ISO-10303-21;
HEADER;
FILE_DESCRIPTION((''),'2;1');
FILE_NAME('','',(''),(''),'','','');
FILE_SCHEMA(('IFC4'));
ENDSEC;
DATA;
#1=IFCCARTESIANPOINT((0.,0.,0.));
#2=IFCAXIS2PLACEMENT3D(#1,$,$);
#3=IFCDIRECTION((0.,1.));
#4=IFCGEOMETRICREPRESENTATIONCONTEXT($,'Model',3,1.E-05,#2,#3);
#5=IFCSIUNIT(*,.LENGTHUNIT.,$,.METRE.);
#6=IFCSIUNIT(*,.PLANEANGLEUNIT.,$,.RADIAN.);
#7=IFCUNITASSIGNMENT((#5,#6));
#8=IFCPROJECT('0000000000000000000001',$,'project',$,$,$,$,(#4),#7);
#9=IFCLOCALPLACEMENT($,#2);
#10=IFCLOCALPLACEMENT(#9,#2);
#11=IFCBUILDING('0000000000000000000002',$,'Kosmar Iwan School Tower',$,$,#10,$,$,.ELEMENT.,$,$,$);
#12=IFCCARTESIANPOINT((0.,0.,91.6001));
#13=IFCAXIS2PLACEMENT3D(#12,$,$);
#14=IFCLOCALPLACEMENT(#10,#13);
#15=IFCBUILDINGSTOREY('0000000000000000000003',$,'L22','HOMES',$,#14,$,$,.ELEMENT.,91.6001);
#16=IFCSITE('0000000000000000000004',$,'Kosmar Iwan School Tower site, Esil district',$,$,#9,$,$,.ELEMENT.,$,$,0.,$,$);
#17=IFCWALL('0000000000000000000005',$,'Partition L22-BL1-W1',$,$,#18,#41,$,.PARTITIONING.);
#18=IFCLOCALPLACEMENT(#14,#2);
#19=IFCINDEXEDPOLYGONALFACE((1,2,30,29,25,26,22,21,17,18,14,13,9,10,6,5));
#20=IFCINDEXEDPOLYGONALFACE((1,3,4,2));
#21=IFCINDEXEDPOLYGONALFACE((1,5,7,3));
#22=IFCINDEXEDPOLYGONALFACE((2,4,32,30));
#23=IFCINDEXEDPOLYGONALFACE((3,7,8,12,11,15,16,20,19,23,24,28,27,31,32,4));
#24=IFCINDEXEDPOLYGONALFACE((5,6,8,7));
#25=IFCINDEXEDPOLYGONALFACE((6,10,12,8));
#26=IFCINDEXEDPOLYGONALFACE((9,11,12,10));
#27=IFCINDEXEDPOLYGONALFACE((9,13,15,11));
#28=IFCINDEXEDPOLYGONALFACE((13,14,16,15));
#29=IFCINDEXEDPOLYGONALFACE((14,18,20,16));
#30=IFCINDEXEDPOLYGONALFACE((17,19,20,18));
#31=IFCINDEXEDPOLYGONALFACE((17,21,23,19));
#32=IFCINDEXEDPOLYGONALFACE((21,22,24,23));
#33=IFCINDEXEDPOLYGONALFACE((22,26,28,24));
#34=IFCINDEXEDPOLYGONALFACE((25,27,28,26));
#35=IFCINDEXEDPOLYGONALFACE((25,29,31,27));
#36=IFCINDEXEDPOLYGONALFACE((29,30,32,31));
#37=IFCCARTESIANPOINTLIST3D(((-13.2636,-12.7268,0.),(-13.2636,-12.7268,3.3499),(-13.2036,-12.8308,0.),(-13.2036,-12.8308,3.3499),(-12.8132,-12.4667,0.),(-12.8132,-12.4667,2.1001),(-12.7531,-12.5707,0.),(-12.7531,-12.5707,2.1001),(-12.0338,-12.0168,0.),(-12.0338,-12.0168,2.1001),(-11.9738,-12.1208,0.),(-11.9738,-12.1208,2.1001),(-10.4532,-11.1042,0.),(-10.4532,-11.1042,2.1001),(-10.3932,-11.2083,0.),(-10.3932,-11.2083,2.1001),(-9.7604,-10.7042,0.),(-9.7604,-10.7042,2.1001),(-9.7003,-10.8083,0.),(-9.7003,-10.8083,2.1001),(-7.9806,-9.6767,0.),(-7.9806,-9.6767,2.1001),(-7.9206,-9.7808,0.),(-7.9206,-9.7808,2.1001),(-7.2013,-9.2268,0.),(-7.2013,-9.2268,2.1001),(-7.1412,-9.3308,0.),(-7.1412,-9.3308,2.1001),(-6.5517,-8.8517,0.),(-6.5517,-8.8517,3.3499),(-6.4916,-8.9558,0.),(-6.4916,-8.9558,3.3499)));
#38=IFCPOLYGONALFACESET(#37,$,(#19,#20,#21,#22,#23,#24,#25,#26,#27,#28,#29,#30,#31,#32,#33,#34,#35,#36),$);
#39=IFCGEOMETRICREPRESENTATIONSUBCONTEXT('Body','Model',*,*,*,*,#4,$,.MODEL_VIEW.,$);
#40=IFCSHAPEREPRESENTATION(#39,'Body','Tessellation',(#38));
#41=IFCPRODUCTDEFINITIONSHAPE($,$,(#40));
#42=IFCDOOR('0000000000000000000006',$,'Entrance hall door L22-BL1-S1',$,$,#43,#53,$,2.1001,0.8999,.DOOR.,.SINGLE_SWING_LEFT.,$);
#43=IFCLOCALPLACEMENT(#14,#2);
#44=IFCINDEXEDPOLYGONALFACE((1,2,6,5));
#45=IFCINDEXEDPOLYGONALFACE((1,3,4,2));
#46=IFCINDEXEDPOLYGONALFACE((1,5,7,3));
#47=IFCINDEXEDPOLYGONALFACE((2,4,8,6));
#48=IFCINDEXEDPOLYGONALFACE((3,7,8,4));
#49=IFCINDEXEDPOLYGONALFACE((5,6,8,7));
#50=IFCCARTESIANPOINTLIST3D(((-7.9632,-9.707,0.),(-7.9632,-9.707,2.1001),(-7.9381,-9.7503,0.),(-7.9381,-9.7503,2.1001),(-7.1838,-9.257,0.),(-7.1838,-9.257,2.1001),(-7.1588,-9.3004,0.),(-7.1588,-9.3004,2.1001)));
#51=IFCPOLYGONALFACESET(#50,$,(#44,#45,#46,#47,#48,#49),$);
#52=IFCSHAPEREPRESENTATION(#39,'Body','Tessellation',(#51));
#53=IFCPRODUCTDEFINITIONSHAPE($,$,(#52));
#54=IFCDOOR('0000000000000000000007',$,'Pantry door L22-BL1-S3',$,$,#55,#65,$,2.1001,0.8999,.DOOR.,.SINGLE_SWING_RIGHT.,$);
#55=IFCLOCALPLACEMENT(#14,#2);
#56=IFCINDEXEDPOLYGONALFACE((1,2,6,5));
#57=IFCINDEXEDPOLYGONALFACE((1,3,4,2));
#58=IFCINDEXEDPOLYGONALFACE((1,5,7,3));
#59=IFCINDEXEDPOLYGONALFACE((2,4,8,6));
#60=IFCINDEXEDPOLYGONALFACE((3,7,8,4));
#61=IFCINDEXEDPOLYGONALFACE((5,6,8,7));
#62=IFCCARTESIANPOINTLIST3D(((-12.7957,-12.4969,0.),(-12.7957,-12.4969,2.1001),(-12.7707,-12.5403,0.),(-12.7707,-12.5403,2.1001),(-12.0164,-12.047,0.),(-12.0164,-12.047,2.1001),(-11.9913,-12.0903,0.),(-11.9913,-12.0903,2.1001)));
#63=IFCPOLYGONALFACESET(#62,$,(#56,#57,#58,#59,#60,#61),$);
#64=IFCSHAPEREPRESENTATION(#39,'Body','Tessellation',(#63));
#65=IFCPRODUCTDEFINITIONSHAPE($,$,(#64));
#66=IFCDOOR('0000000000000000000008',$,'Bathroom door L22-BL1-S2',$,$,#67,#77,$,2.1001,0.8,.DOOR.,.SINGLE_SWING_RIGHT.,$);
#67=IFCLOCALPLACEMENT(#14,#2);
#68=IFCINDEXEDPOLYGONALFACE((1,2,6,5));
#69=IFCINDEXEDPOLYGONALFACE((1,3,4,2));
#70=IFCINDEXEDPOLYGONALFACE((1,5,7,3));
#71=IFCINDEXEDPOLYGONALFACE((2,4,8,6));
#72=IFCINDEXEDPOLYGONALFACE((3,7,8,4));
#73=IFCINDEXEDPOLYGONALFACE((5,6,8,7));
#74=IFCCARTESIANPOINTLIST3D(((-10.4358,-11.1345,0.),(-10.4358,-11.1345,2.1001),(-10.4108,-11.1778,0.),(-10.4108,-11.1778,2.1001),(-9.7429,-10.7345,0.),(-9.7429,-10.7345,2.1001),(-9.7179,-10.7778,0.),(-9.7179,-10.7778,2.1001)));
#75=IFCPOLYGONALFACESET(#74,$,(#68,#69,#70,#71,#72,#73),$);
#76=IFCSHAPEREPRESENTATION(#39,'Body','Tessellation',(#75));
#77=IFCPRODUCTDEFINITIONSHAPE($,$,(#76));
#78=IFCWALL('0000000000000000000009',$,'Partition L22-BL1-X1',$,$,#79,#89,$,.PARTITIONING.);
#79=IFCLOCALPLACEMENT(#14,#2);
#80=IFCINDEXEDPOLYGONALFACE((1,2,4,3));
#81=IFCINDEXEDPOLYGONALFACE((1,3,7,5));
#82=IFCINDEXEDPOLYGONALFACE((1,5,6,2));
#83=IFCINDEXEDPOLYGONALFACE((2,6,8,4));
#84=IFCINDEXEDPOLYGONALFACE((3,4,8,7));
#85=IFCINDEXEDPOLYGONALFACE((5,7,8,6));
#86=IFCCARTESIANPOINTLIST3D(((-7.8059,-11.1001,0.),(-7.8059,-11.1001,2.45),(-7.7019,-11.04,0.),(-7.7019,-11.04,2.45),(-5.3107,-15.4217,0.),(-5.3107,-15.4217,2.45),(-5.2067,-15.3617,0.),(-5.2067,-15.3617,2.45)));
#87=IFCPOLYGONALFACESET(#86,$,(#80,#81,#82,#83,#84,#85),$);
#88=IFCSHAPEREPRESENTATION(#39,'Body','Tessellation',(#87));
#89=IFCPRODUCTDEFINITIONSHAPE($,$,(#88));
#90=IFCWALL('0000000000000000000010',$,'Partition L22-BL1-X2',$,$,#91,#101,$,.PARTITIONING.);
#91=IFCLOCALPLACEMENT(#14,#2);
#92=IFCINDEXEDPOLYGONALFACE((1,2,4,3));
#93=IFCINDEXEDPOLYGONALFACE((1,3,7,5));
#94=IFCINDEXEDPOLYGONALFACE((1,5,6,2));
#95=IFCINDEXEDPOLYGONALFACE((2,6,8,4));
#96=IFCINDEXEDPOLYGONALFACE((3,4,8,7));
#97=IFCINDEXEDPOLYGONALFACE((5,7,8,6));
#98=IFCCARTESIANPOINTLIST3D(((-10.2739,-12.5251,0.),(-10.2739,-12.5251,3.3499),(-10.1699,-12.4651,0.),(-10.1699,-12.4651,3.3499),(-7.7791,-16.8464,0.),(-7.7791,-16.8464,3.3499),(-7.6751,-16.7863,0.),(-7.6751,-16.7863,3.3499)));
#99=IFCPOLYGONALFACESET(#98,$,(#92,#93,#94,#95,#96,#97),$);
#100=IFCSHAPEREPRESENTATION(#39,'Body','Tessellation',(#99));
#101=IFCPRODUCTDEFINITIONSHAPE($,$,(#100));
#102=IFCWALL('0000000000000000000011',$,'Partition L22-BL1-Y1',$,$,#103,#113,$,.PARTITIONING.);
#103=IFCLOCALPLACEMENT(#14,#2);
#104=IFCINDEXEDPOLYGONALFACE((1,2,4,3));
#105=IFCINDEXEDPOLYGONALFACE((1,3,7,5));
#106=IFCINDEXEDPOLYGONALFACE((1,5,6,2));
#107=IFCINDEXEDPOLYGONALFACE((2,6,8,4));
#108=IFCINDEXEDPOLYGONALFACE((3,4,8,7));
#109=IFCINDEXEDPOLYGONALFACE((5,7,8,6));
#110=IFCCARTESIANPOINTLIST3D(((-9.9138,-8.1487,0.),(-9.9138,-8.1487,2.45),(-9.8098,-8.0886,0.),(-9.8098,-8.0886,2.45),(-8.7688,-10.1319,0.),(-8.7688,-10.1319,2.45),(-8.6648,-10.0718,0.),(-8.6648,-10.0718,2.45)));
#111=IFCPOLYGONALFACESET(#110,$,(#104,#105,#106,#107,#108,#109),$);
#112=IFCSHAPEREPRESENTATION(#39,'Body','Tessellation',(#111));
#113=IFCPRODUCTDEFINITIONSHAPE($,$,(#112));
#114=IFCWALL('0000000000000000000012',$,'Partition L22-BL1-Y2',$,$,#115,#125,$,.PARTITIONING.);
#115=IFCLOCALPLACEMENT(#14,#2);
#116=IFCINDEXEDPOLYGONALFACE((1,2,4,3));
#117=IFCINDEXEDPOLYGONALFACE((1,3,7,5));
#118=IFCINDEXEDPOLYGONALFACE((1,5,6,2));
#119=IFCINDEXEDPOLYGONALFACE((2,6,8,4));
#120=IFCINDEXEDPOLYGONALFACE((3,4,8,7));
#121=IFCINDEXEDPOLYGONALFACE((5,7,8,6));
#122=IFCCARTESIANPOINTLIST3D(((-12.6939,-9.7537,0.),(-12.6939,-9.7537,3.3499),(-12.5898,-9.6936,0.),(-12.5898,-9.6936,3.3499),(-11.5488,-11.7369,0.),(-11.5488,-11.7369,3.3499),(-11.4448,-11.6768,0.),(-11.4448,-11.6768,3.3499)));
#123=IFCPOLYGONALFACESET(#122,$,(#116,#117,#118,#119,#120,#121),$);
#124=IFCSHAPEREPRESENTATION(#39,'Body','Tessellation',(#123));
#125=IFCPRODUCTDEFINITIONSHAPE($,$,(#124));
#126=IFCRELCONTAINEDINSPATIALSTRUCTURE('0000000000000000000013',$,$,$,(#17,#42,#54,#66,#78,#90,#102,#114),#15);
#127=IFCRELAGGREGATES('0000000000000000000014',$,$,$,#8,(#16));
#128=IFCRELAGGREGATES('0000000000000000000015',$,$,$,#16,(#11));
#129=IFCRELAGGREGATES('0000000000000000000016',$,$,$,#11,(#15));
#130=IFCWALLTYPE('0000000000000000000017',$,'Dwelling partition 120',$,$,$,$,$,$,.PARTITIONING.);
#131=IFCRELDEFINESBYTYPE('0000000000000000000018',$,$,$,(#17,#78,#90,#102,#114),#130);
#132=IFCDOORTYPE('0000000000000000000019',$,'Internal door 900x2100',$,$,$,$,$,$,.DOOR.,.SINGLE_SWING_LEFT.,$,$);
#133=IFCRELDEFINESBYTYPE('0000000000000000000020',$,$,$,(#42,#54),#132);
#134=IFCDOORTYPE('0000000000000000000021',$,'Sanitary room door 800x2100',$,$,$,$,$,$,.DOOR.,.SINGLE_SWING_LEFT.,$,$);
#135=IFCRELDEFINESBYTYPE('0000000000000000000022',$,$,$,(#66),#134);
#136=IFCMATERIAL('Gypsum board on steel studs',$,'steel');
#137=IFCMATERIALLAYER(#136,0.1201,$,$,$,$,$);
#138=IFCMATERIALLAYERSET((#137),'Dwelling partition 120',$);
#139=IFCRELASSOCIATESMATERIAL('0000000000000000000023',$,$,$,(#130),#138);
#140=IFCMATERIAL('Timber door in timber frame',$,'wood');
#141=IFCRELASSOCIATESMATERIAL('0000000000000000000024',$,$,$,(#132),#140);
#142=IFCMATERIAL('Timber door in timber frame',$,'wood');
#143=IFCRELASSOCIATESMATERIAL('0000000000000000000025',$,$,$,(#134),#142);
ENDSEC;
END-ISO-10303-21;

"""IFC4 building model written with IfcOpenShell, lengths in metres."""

from ifc_helpers import new_model, si_unit, direction, frame, frame_2d, origin, place, context, subcontext, project, spatial, rectangle, extrude, material, layer, layer_set, type_object, element, fill, save


model = new_model("IFC4")

# Units and contexts
model_context = context("Model", 3, precision=1e-05, world=origin(), true_north=direction((0.0, 1.0)))
body_context = subcontext(model_context, "Body", "Model", "MODEL_VIEW")
ifc_project = project(units=[si_unit("LENGTHUNIT", "METRE"), si_unit("PLANEANGLEUNIT", "RADIAN")], contexts=[model_context])

# Site, building, storey
site_placement = place(None, origin())
site = spatial("IfcSite", under=ifc_project, at=site_placement, Name="Kosmar Iwan School Tower site, Esil district", CompositionType="ELEMENT", RefElevation=0.0)
building_placement = place(site_placement, origin())
building = spatial("IfcBuilding", under=site, at=building_placement, Name="Kosmar Iwan School Tower", CompositionType="ELEMENT")
storey_placement = place(building_placement, frame((0.0, 0.0, 91.6001)))
storey = spatial("IfcBuildingStorey", under=building, at=storey_placement, Name="L22", Description="HOMES", CompositionType="ELEMENT", Elevation=91.6001)

# Wall, openings, doors
ifc_material_1 = material(Name="Gypsum board on steel studs", Category="steel")
ifc_layer_1 = layer(ifc_material_1, 0.1201)
ifc_layer_set_1 = layer_set([ifc_layer_1], Name="Dwelling partition 120")
wall_type_1 = type_object("IfcWallType", Name="Dwelling partition 120", PredefinedType="PARTITIONING", material=ifc_layer_set_1)
wall_1_placement = place(storey_placement, frame((-6.5217, -8.9038, 0.0), z_axis=(0.0, 0.0, 1.0), x_axis=(-0.866032, -0.499988, 0.0)))
wall_1 = element("IfcWall", 1, at=wall_1_placement, inside=storey, type_object=wall_type_1, Name="Partition L22-BL1-W1", PredefinedType="PARTITIONING", context=body_context, shape_type="SweptSolid", body=[
    extrude(rectangle(XDim=7.7502, YDim=0.1201, at=frame_2d((3.875, 0.0))), origin(), (0.0, 0.0, 1.0), 3.3499),
])
opening_1_placement = place(wall_1_placement, frame((0.75, 0.0, 0.0)))
opening_1 = element("IfcOpeningElement", 2, at=opening_1_placement, cuts=wall_1, PredefinedType="OPENING", context=body_context, shape_type="SweptSolid", body=[
    extrude(rectangle(XDim=0.8999, YDim=2.1001, at=frame_2d((0.45, 1.05))), frame((0.0, 0.072, 0.0), z_axis=(0.0, -1.0, 0.0), x_axis=(1.0, 0.0, 0.0)), (0.0, 0.0, 1.0), 0.144),
])
opening_2_placement = place(wall_1_placement, frame((3.7051, 0.0, 0.0)))
opening_2 = element("IfcOpeningElement", 3, at=opening_2_placement, cuts=wall_1, PredefinedType="OPENING", context=body_context, shape_type="SweptSolid", body=[
    extrude(rectangle(XDim=0.8, YDim=2.1001, at=frame_2d((0.3999, 1.05))), frame((0.0, 0.072, 0.0), z_axis=(0.0, -1.0, 0.0), x_axis=(1.0, 0.0, 0.0)), (0.0, 0.0, 1.0), 0.144),
])
opening_3_placement = place(wall_1_placement, frame((6.3301, 0.0, 0.0)))
opening_3 = element("IfcOpeningElement", 4, at=opening_3_placement, cuts=wall_1, PredefinedType="OPENING", context=body_context, shape_type="SweptSolid", body=[
    extrude(rectangle(XDim=0.8999, YDim=2.1001, at=frame_2d((0.45, 1.05))), frame((0.0, 0.072, 0.0), z_axis=(0.0, -1.0, 0.0), x_axis=(1.0, 0.0, 0.0)), (0.0, 0.0, 1.0), 0.144),
])
ifc_material_2 = material(Name="Timber door in timber frame", Category="wood")
door_type_1 = type_object("IfcDoorType", Name="Internal door 900x2100", OperationType="SINGLE_SWING_LEFT", PredefinedType="DOOR", material=ifc_material_2)
door_1_placement = place(opening_1_placement, origin())
door_1 = element("IfcDoor", 5, at=door_1_placement, inside=storey, type_object=door_type_1, Name="Entrance hall door L22-BL1-S1", OperationType="SINGLE_SWING_LEFT", OverallHeight=2.1001, OverallWidth=0.8999, PredefinedType="DOOR", context=body_context, shape_type="SweptSolid", body=[
    extrude(rectangle(XDim=0.8999, YDim=2.1001, at=frame_2d((0.45, 1.05))), frame((0.0, 0.0249, 0.0), z_axis=(0.0, -1.0, 0.0), x_axis=(1.0, 0.0, 0.0)), (0.0, 0.0, 1.0), 0.05),
])
fill(opening_1, door_1)
door_2_placement = place(opening_3_placement, origin())
door_2 = element("IfcDoor", 6, at=door_2_placement, inside=storey, type_object=door_type_1, Name="Pantry door L22-BL1-S3", OperationType="SINGLE_SWING_RIGHT", OverallHeight=2.1001, OverallWidth=0.8999, PredefinedType="DOOR", context=body_context, shape_type="SweptSolid", body=[
    extrude(rectangle(XDim=0.8999, YDim=2.1001, at=frame_2d((0.45, 1.05))), frame((0.0, 0.0249, 0.0), z_axis=(0.0, -1.0, 0.0), x_axis=(1.0, 0.0, 0.0)), (0.0, 0.0, 1.0), 0.05),
])
fill(opening_3, door_2)
ifc_material_3 = material(Name="Timber door in timber frame", Category="wood")
door_type_2 = type_object("IfcDoorType", Name="Sanitary room door 800x2100", OperationType="SINGLE_SWING_LEFT", PredefinedType="DOOR", material=ifc_material_3)
door_3_placement = place(opening_2_placement, origin())
door_3 = element("IfcDoor", 7, at=door_3_placement, inside=storey, type_object=door_type_2, Name="Bathroom door L22-BL1-S2", OperationType="SINGLE_SWING_RIGHT", OverallHeight=2.1001, OverallWidth=0.8, PredefinedType="DOOR", context=body_context, shape_type="SweptSolid", body=[
    extrude(rectangle(XDim=0.8, YDim=2.1001, at=frame_2d((0.3999, 1.05))), frame((0.0, 0.0249, 0.0), z_axis=(0.0, -1.0, 0.0), x_axis=(1.0, 0.0, 0.0)), (0.0, 0.0, 1.0), 0.05),
])
fill(opening_2, door_3)

# Walls
wall_2_placement = place(storey_placement, frame((-7.7539, -11.0701, 0.0), z_axis=(0.0, 0.0, 1.0), x_axis=(0.500012, -0.866019, 0.0)))
element("IfcWall", 8, at=wall_2_placement, inside=storey, type_object=wall_type_1, Name="Partition L22-BL1-X1", PredefinedType="PARTITIONING", context=body_context, shape_type="SweptSolid", body=[
    extrude(rectangle(XDim=4.9902, YDim=0.1201, at=frame_2d((2.4951, 0.0))), origin(), (0.0, 0.0, 1.0), 2.45),
])
wall_3_placement = place(storey_placement, frame((-10.2219, -12.4951, 0.0), z_axis=(0.0, 0.0, 1.0), x_axis=(0.499996, -0.866028, 0.0)))
element("IfcWall", 9, at=wall_3_placement, inside=storey, type_object=wall_type_1, Name="Partition L22-BL1-X2", PredefinedType="PARTITIONING", context=body_context, shape_type="SweptSolid", body=[
    extrude(rectangle(XDim=4.9897, YDim=0.1201, at=frame_2d((2.4949, 0.0))), origin(), (0.0, 0.0, 1.0), 3.3499),
])
wall_4_placement = place(storey_placement, frame((-9.8618, -8.1187, 0.0), z_axis=(0.0, 0.0, 1.0), x_axis=(0.500015, -0.866017, 0.0)))
element("IfcWall", 10, at=wall_4_placement, inside=storey, type_object=wall_type_1, Name="Partition L22-BL1-Y1", PredefinedType="PARTITIONING", context=body_context, shape_type="SweptSolid", body=[
    extrude(rectangle(XDim=2.29, YDim=0.1201, at=frame_2d((1.145, 0.0))), origin(), (0.0, 0.0, 1.0), 2.45),
])
wall_5_placement = place(storey_placement, frame((-12.6418, -9.7236, 0.0), z_axis=(0.0, 0.0, 1.0), x_axis=(0.500015, -0.866017, 0.0)))
element("IfcWall", 11, at=wall_5_placement, inside=storey, type_object=wall_type_1, Name="Partition L22-BL1-Y2", PredefinedType="PARTITIONING", context=body_context, shape_type="SweptSolid", body=[
    extrude(rectangle(XDim=2.29, YDim=0.1201, at=frame_2d((1.145, 0.0))), origin(), (0.0, 0.0, 1.0), 3.3499),
])

save(model, "model.ifc")
